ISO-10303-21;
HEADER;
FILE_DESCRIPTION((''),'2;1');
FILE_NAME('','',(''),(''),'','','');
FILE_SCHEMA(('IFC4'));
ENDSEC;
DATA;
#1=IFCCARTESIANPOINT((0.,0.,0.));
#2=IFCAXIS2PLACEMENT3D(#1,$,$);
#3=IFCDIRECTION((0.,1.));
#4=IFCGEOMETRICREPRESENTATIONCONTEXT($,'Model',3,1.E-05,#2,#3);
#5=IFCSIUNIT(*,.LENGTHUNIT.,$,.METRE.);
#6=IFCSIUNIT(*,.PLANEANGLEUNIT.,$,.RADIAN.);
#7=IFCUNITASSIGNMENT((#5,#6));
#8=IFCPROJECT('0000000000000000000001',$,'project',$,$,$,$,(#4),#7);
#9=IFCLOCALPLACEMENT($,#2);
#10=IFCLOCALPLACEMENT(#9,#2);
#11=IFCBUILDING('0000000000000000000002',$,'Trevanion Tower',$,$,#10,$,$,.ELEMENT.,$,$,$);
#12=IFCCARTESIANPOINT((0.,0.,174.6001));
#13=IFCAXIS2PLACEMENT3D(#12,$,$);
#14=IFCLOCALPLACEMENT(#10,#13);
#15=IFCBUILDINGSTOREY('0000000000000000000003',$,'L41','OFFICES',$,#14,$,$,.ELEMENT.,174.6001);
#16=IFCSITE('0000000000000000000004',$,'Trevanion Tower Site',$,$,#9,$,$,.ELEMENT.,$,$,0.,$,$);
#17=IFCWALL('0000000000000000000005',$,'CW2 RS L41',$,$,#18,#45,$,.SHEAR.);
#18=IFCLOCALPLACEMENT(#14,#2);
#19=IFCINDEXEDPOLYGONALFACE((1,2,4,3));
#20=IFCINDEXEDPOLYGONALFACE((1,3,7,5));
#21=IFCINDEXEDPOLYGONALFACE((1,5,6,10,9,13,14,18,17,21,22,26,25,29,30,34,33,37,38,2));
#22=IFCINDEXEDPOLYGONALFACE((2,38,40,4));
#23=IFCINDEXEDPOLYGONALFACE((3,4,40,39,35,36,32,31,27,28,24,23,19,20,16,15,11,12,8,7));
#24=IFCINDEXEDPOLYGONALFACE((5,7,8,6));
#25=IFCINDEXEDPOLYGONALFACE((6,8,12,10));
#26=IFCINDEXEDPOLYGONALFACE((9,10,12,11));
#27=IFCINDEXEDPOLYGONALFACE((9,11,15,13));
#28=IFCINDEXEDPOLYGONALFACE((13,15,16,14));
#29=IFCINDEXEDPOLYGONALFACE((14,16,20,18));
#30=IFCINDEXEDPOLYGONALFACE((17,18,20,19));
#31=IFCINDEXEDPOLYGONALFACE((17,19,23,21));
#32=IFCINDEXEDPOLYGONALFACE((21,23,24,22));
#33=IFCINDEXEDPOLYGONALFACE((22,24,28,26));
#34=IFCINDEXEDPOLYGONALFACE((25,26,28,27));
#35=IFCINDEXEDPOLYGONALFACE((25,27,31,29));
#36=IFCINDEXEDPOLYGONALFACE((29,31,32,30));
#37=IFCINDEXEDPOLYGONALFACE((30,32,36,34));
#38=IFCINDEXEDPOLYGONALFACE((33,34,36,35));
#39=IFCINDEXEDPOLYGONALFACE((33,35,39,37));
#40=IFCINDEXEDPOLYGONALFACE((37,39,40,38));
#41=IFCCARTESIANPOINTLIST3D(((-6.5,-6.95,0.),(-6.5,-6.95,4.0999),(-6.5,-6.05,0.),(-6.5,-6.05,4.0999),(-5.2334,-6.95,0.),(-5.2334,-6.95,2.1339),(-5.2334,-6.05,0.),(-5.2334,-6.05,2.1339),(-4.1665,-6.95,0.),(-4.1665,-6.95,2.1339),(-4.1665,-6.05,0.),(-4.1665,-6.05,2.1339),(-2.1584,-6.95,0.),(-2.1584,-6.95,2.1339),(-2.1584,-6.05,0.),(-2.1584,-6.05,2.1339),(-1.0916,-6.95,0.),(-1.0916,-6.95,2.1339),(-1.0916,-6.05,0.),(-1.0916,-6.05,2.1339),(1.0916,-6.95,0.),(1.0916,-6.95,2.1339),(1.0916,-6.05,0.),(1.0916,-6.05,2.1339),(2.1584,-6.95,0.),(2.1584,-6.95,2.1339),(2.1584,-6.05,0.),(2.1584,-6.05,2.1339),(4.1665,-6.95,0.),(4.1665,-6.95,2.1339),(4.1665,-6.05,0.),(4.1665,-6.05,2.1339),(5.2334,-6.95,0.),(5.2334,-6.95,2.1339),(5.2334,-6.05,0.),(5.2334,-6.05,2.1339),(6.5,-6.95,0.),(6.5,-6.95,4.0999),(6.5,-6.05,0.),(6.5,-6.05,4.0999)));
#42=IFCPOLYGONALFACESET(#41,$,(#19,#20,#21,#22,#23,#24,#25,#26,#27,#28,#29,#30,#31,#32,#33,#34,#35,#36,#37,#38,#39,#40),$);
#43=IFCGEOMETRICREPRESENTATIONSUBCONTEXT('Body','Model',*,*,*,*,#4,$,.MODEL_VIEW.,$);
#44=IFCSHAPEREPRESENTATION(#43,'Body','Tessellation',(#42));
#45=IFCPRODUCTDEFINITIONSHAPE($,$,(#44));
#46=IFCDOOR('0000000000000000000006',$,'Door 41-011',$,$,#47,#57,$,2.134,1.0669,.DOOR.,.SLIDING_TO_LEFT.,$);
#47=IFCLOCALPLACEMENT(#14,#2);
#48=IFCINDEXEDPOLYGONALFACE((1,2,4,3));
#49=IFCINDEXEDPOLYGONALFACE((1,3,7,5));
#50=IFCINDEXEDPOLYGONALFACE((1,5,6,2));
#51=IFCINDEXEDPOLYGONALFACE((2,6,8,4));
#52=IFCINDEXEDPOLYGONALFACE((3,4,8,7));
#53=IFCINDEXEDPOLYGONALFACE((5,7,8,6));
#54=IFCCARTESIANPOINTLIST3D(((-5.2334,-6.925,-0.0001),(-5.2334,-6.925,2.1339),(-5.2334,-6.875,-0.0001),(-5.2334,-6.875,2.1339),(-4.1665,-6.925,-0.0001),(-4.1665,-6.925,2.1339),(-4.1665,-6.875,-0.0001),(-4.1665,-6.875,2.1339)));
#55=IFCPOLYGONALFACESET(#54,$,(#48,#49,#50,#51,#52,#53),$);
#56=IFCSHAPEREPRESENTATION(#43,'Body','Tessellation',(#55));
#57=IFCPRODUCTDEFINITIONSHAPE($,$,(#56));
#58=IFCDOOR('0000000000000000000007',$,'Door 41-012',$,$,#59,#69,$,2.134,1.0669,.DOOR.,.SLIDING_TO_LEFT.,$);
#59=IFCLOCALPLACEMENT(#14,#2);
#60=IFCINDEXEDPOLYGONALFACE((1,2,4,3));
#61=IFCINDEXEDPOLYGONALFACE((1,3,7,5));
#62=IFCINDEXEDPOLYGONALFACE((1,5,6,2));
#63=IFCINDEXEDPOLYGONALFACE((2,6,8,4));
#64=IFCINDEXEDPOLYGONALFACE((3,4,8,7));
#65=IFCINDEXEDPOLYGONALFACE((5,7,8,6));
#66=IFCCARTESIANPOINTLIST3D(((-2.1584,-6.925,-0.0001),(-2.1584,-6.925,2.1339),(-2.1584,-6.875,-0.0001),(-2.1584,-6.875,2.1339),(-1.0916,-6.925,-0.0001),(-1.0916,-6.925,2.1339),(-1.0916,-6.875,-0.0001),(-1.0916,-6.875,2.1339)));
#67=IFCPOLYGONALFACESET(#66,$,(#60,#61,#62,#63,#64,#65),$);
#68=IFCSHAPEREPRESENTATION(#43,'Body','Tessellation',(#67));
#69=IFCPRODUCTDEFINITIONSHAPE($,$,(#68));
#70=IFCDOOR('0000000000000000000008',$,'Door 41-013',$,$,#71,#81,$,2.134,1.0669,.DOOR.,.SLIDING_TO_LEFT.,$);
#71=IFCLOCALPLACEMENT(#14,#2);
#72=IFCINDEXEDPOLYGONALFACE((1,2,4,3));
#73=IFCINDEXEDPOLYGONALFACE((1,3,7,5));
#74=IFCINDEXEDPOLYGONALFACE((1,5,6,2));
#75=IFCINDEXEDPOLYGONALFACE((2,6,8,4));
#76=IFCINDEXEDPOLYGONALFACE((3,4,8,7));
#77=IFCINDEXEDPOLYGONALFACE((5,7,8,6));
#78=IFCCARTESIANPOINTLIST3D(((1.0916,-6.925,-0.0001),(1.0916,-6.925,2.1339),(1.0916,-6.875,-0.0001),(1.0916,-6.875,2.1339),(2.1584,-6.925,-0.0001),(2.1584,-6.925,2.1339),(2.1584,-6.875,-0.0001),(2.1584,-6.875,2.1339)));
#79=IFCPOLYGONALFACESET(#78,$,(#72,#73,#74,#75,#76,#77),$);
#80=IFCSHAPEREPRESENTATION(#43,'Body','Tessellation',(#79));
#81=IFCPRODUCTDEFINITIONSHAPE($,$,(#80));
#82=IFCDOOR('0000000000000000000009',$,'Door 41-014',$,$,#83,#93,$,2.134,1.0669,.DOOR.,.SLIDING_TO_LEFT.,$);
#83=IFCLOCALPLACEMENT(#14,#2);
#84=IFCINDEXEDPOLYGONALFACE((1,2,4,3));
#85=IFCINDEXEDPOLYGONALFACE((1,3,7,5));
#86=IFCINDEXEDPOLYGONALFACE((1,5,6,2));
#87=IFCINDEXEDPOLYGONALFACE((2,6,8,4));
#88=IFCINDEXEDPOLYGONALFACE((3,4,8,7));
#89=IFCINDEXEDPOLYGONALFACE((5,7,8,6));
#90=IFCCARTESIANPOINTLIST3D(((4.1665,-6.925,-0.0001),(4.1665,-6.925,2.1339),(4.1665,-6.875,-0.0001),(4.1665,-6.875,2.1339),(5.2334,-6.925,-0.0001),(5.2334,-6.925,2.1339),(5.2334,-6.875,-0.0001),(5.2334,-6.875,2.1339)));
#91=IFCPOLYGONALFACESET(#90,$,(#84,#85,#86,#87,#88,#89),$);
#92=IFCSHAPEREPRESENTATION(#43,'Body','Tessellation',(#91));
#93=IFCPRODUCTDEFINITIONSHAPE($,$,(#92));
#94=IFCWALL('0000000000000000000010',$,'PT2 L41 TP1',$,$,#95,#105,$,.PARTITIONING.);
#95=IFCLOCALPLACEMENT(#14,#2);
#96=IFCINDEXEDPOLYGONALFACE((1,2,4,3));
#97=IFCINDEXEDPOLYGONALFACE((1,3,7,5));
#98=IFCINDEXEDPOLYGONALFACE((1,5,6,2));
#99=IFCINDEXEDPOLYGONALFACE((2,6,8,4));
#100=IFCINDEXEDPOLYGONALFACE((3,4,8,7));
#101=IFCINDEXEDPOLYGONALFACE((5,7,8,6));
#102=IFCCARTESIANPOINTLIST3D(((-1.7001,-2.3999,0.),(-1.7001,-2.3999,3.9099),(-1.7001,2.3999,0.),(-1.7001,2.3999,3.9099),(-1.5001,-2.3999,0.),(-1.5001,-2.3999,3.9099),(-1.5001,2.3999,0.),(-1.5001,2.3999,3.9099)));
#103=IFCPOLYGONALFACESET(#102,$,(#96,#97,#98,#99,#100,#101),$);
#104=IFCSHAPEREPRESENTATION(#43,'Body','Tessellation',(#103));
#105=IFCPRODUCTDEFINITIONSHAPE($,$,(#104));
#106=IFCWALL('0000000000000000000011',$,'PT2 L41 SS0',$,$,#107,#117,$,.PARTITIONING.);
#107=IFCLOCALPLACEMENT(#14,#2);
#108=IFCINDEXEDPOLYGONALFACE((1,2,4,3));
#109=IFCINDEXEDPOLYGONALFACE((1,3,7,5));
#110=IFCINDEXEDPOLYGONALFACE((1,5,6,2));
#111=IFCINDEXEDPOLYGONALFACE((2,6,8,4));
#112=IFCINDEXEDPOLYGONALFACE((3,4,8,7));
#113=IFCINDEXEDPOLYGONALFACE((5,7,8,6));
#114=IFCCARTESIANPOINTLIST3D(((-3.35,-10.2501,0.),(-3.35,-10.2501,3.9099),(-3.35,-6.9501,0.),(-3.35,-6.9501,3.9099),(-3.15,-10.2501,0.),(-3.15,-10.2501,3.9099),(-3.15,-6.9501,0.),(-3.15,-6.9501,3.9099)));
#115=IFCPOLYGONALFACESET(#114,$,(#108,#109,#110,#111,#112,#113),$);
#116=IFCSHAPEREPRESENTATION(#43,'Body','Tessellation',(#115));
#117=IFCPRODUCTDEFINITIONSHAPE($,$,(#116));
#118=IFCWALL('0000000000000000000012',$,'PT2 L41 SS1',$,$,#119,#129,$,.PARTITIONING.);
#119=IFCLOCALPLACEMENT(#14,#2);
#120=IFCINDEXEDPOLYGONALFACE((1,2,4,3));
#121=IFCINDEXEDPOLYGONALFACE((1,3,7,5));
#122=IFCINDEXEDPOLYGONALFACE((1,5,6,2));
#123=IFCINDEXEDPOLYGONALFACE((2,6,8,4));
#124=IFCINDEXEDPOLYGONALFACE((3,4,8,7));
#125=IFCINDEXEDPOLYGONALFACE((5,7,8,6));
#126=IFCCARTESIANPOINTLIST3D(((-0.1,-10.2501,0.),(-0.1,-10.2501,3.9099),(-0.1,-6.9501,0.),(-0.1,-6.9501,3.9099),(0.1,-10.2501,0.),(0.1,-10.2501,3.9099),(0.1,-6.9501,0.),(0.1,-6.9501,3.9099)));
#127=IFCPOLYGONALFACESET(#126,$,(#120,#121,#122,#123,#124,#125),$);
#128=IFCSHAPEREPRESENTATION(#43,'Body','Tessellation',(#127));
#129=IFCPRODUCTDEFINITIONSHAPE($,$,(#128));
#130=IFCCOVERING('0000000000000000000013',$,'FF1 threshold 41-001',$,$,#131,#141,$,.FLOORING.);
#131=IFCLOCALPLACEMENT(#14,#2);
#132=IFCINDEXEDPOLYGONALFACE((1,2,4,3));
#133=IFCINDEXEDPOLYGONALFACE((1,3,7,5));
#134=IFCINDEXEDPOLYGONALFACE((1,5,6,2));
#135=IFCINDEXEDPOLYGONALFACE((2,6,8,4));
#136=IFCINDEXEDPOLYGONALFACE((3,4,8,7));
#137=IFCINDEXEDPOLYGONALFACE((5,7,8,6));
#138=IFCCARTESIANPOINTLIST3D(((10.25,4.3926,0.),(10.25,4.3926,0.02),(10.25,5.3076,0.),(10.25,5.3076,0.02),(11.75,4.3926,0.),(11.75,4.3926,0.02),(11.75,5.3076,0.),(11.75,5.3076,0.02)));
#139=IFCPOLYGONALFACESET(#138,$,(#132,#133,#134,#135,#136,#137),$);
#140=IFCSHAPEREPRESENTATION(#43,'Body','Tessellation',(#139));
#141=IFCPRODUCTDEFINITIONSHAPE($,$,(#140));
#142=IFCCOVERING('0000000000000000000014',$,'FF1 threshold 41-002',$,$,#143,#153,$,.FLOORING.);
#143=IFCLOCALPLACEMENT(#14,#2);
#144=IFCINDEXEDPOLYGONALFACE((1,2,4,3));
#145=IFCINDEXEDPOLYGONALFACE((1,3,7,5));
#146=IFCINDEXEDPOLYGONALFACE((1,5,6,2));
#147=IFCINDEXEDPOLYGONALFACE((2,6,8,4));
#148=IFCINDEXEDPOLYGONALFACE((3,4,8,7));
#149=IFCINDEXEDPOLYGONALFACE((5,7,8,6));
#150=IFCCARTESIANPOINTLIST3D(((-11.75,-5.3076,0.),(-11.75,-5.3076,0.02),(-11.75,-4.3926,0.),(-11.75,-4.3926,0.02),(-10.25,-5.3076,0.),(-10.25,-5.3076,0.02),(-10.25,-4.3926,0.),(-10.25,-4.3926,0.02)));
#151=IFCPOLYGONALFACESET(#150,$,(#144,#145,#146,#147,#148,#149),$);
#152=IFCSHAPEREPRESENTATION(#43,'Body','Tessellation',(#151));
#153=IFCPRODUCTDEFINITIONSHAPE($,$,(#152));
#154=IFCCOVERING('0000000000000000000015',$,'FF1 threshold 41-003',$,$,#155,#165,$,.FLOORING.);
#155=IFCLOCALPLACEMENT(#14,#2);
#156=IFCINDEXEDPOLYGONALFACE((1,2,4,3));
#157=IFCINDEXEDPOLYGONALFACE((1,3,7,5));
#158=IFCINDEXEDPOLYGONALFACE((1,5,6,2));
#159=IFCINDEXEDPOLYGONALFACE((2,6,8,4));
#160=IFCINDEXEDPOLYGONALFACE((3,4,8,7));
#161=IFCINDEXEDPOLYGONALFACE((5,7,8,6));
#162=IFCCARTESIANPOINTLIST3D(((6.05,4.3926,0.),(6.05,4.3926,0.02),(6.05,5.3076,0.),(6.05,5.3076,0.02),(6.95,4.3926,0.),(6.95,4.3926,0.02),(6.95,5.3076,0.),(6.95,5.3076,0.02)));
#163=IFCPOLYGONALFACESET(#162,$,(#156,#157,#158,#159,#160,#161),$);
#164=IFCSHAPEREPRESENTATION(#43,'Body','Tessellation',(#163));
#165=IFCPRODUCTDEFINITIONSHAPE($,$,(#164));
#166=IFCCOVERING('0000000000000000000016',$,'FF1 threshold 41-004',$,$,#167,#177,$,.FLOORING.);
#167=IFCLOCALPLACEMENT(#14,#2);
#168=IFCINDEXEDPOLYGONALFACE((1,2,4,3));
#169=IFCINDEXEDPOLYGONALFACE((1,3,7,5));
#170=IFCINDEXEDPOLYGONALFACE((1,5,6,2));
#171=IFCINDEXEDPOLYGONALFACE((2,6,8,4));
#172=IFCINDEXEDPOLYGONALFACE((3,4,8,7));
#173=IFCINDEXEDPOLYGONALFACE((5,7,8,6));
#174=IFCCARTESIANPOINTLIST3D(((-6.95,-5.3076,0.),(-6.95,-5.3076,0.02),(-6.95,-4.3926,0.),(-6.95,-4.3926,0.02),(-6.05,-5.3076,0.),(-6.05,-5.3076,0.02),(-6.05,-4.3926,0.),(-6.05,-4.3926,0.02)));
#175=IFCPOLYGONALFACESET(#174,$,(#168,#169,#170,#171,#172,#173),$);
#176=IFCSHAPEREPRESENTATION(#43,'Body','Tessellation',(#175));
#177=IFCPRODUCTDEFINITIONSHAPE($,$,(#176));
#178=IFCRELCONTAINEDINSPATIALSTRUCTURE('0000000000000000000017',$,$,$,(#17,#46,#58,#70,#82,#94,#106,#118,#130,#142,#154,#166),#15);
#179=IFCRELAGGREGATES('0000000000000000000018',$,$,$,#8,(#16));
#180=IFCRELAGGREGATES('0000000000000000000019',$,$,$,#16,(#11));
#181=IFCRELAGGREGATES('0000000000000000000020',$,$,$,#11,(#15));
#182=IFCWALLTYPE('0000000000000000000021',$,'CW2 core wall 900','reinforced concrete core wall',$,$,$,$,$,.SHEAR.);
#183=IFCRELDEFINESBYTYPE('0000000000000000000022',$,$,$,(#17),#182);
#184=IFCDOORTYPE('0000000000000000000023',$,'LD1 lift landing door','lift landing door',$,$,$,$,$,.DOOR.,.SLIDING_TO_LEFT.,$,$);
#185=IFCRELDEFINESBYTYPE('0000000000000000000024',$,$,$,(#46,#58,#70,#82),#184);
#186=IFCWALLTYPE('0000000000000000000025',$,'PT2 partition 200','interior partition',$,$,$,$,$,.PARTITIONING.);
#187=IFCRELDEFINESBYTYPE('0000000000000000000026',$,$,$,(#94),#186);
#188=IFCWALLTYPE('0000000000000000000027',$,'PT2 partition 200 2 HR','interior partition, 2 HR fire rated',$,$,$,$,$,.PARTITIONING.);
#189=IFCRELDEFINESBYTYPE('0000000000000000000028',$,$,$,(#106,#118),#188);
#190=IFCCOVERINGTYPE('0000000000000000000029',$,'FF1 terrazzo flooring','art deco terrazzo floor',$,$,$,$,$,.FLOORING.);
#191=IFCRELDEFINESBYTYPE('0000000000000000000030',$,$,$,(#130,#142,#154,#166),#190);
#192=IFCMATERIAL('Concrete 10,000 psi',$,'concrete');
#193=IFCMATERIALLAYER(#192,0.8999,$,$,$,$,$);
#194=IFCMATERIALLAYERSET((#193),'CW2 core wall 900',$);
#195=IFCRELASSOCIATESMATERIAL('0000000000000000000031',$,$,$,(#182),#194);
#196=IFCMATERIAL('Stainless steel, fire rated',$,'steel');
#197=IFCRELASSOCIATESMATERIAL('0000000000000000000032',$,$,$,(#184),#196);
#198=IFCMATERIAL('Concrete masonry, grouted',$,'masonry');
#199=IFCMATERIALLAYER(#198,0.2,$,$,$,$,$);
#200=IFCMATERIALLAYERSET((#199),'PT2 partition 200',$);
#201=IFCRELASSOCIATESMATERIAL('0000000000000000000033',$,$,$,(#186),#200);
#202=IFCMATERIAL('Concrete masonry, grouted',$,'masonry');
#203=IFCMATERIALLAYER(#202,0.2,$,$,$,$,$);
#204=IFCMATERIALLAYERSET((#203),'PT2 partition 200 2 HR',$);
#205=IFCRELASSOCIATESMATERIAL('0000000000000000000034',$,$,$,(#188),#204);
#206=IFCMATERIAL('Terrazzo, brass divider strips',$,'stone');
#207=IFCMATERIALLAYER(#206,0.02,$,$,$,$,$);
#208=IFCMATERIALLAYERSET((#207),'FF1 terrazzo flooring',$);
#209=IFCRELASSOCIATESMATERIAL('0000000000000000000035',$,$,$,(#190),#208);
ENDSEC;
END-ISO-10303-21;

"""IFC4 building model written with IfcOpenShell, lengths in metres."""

from ifc_helpers import new_model, si_unit, direction, frame, frame_2d, origin, place, context, subcontext, project, spatial, polyline, rectangle, outline, extrude, material, layer, layer_set, type_object, element, fill, save


model = new_model("IFC4")

# Units and contexts
model_context = context("Model", 3, precision=1e-05, world=origin(), true_north=direction((0.0, 1.0)))
body_context = subcontext(model_context, "Body", "Model", "MODEL_VIEW")
ifc_project = project(units=[si_unit("LENGTHUNIT", "METRE"), si_unit("PLANEANGLEUNIT", "RADIAN")], contexts=[model_context])

# Site, building, storey
site_placement = place(None, origin())
site = spatial("IfcSite", under=ifc_project, at=site_placement, Name="Trevanion Tower Site", CompositionType="ELEMENT", RefElevation=0.0)
building_placement = place(site_placement, origin())
building = spatial("IfcBuilding", under=site, at=building_placement, Name="Trevanion Tower", CompositionType="ELEMENT")
storey_placement = place(building_placement, frame((0.0, 0.0, 174.6001)))
storey = spatial("IfcBuildingStorey", under=building, at=storey_placement, Name="L41", Description="OFFICES", CompositionType="ELEMENT", Elevation=174.6001)

# Shared definitions
ifc_material_1 = material(Name="Concrete 10,000 psi", Category="concrete")
ifc_layer_1 = layer(ifc_material_1, 0.8999)
ifc_layer_set_1 = layer_set([ifc_layer_1], Name="CW2 core wall 900")
wall_type_1 = type_object("IfcWallType", Name="CW2 core wall 900", Description="reinforced concrete core wall", PredefinedType="SHEAR", material=ifc_layer_set_1)

# Wall, openings, doors
wall_1_placement = place(storey_placement, frame((-6.5, -6.5, 0.0), z_axis=(0.0, 0.0, 1.0), x_axis=(1.0, 0.0, 0.0)))
wall_1 = element("IfcWall", 1, at=wall_1_placement, inside=storey, type_object=wall_type_1, Name="CW2 RS L41", PredefinedType="SHEAR", context=body_context, shape_type="SweptSolid", body=[
    extrude(rectangle(XDim=13.0, YDim=0.8999, at=frame_2d((6.5, 0.0))), origin(), (0.0, 0.0, 1.0), 4.0999),
])
opening_1_placement = place(wall_1_placement, frame((1.2666, 0.0, 0.0)))
opening_1 = element("IfcOpeningElement", 2, at=opening_1_placement, cuts=wall_1, PredefinedType="OPENING", context=body_context, shape_type="SweptSolid", body=[
    extrude(rectangle(XDim=1.0669, YDim=2.134, at=frame_2d((0.5334, 1.0669))), frame((0.0, 0.46, 0.0), z_axis=(0.0, -1.0, 0.0), x_axis=(1.0, 0.0, 0.0)), (0.0, 0.0, 1.0), 0.9199),
])
opening_2_placement = place(wall_1_placement, frame((4.3416, 0.0, 0.0)))
opening_2 = element("IfcOpeningElement", 3, at=opening_2_placement, cuts=wall_1, PredefinedType="OPENING", context=body_context, shape_type="SweptSolid", body=[
    extrude(rectangle(XDim=1.0669, YDim=2.134, at=frame_2d((0.5334, 1.0669))), frame((0.0, 0.46, 0.0), z_axis=(0.0, -1.0, 0.0), x_axis=(1.0, 0.0, 0.0)), (0.0, 0.0, 1.0), 0.9199),
])
opening_3_placement = place(wall_1_placement, frame((7.5916, 0.0, 0.0)))
opening_3 = element("IfcOpeningElement", 4, at=opening_3_placement, cuts=wall_1, PredefinedType="OPENING", context=body_context, shape_type="SweptSolid", body=[
    extrude(rectangle(XDim=1.0669, YDim=2.134, at=frame_2d((0.5334, 1.0669))), frame((0.0, 0.46, 0.0), z_axis=(0.0, -1.0, 0.0), x_axis=(1.0, 0.0, 0.0)), (0.0, 0.0, 1.0), 0.9199),
])
opening_4_placement = place(wall_1_placement, frame((10.6665, 0.0, 0.0)))
opening_4 = element("IfcOpeningElement", 5, at=opening_4_placement, cuts=wall_1, PredefinedType="OPENING", context=body_context, shape_type="SweptSolid", body=[
    extrude(rectangle(XDim=1.0669, YDim=2.134, at=frame_2d((0.5334, 1.0669))), frame((0.0, 0.46, 0.0), z_axis=(0.0, -1.0, 0.0), x_axis=(1.0, 0.0, 0.0)), (0.0, 0.0, 1.0), 0.9199),
])
ifc_material_2 = material(Name="Stainless steel, fire rated", Category="steel")
door_type = type_object("IfcDoorType", Name="LD1 lift landing door", Description="lift landing door", OperationType="SLIDING_TO_LEFT", PredefinedType="DOOR", material=ifc_material_2)
door_1_placement = place(opening_1_placement, origin())
door_1 = element("IfcDoor", 6, at=door_1_placement, inside=storey, type_object=door_type, Name="Door 41-011", OperationType="SLIDING_TO_LEFT", OverallHeight=2.134, OverallWidth=1.0669, PredefinedType="DOOR", context=body_context, shape_type="SweptSolid", body=[
    extrude(rectangle(XDim=1.0669, YDim=2.134, at=frame_2d((0.5334, 1.0669))), frame((0.0, -0.375, 0.0), z_axis=(0.0, -1.0, 0.0), x_axis=(1.0, 0.0, 0.0)), (0.0, 0.0, 1.0), 0.05),
])
fill(opening_1, door_1)
door_2_placement = place(opening_2_placement, origin())
door_2 = element("IfcDoor", 7, at=door_2_placement, inside=storey, type_object=door_type, Name="Door 41-012", OperationType="SLIDING_TO_LEFT", OverallHeight=2.134, OverallWidth=1.0669, PredefinedType="DOOR", context=body_context, shape_type="SweptSolid", body=[
    extrude(rectangle(XDim=1.0669, YDim=2.134, at=frame_2d((0.5334, 1.0669))), frame((0.0, -0.375, 0.0), z_axis=(0.0, -1.0, 0.0), x_axis=(1.0, 0.0, 0.0)), (0.0, 0.0, 1.0), 0.05),
])
fill(opening_2, door_2)
door_3_placement = place(opening_3_placement, origin())
door_3 = element("IfcDoor", 8, at=door_3_placement, inside=storey, type_object=door_type, Name="Door 41-013", OperationType="SLIDING_TO_LEFT", OverallHeight=2.134, OverallWidth=1.0669, PredefinedType="DOOR", context=body_context, shape_type="SweptSolid", body=[
    extrude(rectangle(XDim=1.0669, YDim=2.134, at=frame_2d((0.5334, 1.0669))), frame((0.0, -0.375, 0.0), z_axis=(0.0, -1.0, 0.0), x_axis=(1.0, 0.0, 0.0)), (0.0, 0.0, 1.0), 0.05),
])
fill(opening_3, door_3)
door_4_placement = place(opening_4_placement, origin())
door_4 = element("IfcDoor", 9, at=door_4_placement, inside=storey, type_object=door_type, Name="Door 41-014", OperationType="SLIDING_TO_LEFT", OverallHeight=2.134, OverallWidth=1.0669, PredefinedType="DOOR", context=body_context, shape_type="SweptSolid", body=[
    extrude(rectangle(XDim=1.0669, YDim=2.134, at=frame_2d((0.5334, 1.0669))), frame((0.0, -0.375, 0.0), z_axis=(0.0, -1.0, 0.0), x_axis=(1.0, 0.0, 0.0)), (0.0, 0.0, 1.0), 0.05),
])
fill(opening_4, door_4)

# Walls
ifc_material_3 = material(Name="Concrete masonry, grouted", Category="masonry")
ifc_layer_2 = layer(ifc_material_3, 0.2)
ifc_layer_set_2 = layer_set([ifc_layer_2], Name="PT2 partition 200")
wall_type_2 = type_object("IfcWallType", Name="PT2 partition 200", Description="interior partition", PredefinedType="PARTITIONING", material=ifc_layer_set_2)
wall_2_placement = place(storey_placement, frame((-1.6001, -2.3999, 0.0), z_axis=(0.0, 0.0, 1.0), x_axis=(0.0, 1.0, 0.0)))
element("IfcWall", 10, at=wall_2_placement, inside=storey, type_object=wall_type_2, Name="PT2 L41 TP1", PredefinedType="PARTITIONING", context=body_context, shape_type="SweptSolid", body=[
    extrude(rectangle(XDim=4.7998, YDim=0.2, at=frame_2d((2.3999, 0.0))), origin(), (0.0, 0.0, 1.0), 3.9099),
])
ifc_material_4 = material(Name="Concrete masonry, grouted", Category="masonry")
ifc_layer_3 = layer(ifc_material_4, 0.2)
ifc_layer_set_3 = layer_set([ifc_layer_3], Name="PT2 partition 200 2 HR")
wall_type_3 = type_object("IfcWallType", Name="PT2 partition 200 2 HR", Description="interior partition, 2 HR fire rated", PredefinedType="PARTITIONING", material=ifc_layer_set_3)
for number, where, z_axis, x_axis, name in (
    (11, (-3.25, -10.25, 0.0), (0.0, 0.0, 1.0), (0.0, 1.0, 0.0), "PT2 L41 SS0"),
    (12, (0.0, -10.25, 0.0), (0.0, 0.0, 1.0), (0.0, 1.0, 0.0), "PT2 L41 SS1"),
):
    element("IfcWall", number, at=place(storey_placement, frame(where, z_axis=z_axis, x_axis=x_axis)), inside=storey, type_object=wall_type_3, Name=name, PredefinedType="PARTITIONING", context=body_context, shape_type="SweptSolid", body=[
        extrude(rectangle(XDim=3.3, YDim=0.2, at=frame_2d((1.6499, 0.0))), origin(), (0.0, 0.0, 1.0), 3.9099),
    ])

# Coverings
ifc_material_5 = material(Name="Terrazzo, brass divider strips", Category="stone")
ifc_layer_4 = layer(ifc_material_5, 0.02)
ifc_layer_set_4 = layer_set([ifc_layer_4], Name="FF1 terrazzo flooring")
covering_type = type_object("IfcCoveringType", Name="FF1 terrazzo flooring", Description="art deco terrazzo floor", PredefinedType="FLOORING", material=ifc_layer_set_4)
covering_1_placement = place(storey_placement, origin())
element("IfcCovering", 13, at=covering_1_placement, inside=storey, type_object=covering_type, Name="FF1 threshold 41-001", PredefinedType="FLOORING", context=body_context, shape_type="SweptSolid", body=[
    extrude(outline(polyline([(11.75, 4.3926), (11.75, 5.3076), (10.25, 5.3076), (10.25, 4.3926), (11.75, 4.3926)])), origin(), (0.0, 0.0, 1.0), 0.02),
])
covering_2_placement = place(storey_placement, origin())
element("IfcCovering", 14, at=covering_2_placement, inside=storey, type_object=covering_type, Name="FF1 threshold 41-002", PredefinedType="FLOORING", context=body_context, shape_type="SweptSolid", body=[
    extrude(outline(polyline([(-11.75, -4.3926), (-11.75, -5.3076), (-10.25, -5.3076), (-10.25, -4.3926), (-11.75, -4.3926)])), origin(), (0.0, 0.0, 1.0), 0.02),
])
covering_3_placement = place(storey_placement, origin())
element("IfcCovering", 15, at=covering_3_placement, inside=storey, type_object=covering_type, Name="FF1 threshold 41-003", PredefinedType="FLOORING", context=body_context, shape_type="SweptSolid", body=[
    extrude(outline(polyline([(6.95, 4.3926), (6.95, 5.3076), (6.05, 5.3076), (6.05, 4.3926), (6.95, 4.3926)])), origin(), (0.0, 0.0, 1.0), 0.02),
])
covering_4_placement = place(storey_placement, origin())
element("IfcCovering", 16, at=covering_4_placement, inside=storey, type_object=covering_type, Name="FF1 threshold 41-004", PredefinedType="FLOORING", context=body_context, shape_type="SweptSolid", body=[
    extrude(outline(polyline([(-6.95, -4.3926), (-6.95, -5.3076), (-6.05, -5.3076), (-6.05, -4.3926), (-6.95, -4.3926)])), origin(), (0.0, 0.0, 1.0), 0.02),
])

save(model, "model.ifc")
